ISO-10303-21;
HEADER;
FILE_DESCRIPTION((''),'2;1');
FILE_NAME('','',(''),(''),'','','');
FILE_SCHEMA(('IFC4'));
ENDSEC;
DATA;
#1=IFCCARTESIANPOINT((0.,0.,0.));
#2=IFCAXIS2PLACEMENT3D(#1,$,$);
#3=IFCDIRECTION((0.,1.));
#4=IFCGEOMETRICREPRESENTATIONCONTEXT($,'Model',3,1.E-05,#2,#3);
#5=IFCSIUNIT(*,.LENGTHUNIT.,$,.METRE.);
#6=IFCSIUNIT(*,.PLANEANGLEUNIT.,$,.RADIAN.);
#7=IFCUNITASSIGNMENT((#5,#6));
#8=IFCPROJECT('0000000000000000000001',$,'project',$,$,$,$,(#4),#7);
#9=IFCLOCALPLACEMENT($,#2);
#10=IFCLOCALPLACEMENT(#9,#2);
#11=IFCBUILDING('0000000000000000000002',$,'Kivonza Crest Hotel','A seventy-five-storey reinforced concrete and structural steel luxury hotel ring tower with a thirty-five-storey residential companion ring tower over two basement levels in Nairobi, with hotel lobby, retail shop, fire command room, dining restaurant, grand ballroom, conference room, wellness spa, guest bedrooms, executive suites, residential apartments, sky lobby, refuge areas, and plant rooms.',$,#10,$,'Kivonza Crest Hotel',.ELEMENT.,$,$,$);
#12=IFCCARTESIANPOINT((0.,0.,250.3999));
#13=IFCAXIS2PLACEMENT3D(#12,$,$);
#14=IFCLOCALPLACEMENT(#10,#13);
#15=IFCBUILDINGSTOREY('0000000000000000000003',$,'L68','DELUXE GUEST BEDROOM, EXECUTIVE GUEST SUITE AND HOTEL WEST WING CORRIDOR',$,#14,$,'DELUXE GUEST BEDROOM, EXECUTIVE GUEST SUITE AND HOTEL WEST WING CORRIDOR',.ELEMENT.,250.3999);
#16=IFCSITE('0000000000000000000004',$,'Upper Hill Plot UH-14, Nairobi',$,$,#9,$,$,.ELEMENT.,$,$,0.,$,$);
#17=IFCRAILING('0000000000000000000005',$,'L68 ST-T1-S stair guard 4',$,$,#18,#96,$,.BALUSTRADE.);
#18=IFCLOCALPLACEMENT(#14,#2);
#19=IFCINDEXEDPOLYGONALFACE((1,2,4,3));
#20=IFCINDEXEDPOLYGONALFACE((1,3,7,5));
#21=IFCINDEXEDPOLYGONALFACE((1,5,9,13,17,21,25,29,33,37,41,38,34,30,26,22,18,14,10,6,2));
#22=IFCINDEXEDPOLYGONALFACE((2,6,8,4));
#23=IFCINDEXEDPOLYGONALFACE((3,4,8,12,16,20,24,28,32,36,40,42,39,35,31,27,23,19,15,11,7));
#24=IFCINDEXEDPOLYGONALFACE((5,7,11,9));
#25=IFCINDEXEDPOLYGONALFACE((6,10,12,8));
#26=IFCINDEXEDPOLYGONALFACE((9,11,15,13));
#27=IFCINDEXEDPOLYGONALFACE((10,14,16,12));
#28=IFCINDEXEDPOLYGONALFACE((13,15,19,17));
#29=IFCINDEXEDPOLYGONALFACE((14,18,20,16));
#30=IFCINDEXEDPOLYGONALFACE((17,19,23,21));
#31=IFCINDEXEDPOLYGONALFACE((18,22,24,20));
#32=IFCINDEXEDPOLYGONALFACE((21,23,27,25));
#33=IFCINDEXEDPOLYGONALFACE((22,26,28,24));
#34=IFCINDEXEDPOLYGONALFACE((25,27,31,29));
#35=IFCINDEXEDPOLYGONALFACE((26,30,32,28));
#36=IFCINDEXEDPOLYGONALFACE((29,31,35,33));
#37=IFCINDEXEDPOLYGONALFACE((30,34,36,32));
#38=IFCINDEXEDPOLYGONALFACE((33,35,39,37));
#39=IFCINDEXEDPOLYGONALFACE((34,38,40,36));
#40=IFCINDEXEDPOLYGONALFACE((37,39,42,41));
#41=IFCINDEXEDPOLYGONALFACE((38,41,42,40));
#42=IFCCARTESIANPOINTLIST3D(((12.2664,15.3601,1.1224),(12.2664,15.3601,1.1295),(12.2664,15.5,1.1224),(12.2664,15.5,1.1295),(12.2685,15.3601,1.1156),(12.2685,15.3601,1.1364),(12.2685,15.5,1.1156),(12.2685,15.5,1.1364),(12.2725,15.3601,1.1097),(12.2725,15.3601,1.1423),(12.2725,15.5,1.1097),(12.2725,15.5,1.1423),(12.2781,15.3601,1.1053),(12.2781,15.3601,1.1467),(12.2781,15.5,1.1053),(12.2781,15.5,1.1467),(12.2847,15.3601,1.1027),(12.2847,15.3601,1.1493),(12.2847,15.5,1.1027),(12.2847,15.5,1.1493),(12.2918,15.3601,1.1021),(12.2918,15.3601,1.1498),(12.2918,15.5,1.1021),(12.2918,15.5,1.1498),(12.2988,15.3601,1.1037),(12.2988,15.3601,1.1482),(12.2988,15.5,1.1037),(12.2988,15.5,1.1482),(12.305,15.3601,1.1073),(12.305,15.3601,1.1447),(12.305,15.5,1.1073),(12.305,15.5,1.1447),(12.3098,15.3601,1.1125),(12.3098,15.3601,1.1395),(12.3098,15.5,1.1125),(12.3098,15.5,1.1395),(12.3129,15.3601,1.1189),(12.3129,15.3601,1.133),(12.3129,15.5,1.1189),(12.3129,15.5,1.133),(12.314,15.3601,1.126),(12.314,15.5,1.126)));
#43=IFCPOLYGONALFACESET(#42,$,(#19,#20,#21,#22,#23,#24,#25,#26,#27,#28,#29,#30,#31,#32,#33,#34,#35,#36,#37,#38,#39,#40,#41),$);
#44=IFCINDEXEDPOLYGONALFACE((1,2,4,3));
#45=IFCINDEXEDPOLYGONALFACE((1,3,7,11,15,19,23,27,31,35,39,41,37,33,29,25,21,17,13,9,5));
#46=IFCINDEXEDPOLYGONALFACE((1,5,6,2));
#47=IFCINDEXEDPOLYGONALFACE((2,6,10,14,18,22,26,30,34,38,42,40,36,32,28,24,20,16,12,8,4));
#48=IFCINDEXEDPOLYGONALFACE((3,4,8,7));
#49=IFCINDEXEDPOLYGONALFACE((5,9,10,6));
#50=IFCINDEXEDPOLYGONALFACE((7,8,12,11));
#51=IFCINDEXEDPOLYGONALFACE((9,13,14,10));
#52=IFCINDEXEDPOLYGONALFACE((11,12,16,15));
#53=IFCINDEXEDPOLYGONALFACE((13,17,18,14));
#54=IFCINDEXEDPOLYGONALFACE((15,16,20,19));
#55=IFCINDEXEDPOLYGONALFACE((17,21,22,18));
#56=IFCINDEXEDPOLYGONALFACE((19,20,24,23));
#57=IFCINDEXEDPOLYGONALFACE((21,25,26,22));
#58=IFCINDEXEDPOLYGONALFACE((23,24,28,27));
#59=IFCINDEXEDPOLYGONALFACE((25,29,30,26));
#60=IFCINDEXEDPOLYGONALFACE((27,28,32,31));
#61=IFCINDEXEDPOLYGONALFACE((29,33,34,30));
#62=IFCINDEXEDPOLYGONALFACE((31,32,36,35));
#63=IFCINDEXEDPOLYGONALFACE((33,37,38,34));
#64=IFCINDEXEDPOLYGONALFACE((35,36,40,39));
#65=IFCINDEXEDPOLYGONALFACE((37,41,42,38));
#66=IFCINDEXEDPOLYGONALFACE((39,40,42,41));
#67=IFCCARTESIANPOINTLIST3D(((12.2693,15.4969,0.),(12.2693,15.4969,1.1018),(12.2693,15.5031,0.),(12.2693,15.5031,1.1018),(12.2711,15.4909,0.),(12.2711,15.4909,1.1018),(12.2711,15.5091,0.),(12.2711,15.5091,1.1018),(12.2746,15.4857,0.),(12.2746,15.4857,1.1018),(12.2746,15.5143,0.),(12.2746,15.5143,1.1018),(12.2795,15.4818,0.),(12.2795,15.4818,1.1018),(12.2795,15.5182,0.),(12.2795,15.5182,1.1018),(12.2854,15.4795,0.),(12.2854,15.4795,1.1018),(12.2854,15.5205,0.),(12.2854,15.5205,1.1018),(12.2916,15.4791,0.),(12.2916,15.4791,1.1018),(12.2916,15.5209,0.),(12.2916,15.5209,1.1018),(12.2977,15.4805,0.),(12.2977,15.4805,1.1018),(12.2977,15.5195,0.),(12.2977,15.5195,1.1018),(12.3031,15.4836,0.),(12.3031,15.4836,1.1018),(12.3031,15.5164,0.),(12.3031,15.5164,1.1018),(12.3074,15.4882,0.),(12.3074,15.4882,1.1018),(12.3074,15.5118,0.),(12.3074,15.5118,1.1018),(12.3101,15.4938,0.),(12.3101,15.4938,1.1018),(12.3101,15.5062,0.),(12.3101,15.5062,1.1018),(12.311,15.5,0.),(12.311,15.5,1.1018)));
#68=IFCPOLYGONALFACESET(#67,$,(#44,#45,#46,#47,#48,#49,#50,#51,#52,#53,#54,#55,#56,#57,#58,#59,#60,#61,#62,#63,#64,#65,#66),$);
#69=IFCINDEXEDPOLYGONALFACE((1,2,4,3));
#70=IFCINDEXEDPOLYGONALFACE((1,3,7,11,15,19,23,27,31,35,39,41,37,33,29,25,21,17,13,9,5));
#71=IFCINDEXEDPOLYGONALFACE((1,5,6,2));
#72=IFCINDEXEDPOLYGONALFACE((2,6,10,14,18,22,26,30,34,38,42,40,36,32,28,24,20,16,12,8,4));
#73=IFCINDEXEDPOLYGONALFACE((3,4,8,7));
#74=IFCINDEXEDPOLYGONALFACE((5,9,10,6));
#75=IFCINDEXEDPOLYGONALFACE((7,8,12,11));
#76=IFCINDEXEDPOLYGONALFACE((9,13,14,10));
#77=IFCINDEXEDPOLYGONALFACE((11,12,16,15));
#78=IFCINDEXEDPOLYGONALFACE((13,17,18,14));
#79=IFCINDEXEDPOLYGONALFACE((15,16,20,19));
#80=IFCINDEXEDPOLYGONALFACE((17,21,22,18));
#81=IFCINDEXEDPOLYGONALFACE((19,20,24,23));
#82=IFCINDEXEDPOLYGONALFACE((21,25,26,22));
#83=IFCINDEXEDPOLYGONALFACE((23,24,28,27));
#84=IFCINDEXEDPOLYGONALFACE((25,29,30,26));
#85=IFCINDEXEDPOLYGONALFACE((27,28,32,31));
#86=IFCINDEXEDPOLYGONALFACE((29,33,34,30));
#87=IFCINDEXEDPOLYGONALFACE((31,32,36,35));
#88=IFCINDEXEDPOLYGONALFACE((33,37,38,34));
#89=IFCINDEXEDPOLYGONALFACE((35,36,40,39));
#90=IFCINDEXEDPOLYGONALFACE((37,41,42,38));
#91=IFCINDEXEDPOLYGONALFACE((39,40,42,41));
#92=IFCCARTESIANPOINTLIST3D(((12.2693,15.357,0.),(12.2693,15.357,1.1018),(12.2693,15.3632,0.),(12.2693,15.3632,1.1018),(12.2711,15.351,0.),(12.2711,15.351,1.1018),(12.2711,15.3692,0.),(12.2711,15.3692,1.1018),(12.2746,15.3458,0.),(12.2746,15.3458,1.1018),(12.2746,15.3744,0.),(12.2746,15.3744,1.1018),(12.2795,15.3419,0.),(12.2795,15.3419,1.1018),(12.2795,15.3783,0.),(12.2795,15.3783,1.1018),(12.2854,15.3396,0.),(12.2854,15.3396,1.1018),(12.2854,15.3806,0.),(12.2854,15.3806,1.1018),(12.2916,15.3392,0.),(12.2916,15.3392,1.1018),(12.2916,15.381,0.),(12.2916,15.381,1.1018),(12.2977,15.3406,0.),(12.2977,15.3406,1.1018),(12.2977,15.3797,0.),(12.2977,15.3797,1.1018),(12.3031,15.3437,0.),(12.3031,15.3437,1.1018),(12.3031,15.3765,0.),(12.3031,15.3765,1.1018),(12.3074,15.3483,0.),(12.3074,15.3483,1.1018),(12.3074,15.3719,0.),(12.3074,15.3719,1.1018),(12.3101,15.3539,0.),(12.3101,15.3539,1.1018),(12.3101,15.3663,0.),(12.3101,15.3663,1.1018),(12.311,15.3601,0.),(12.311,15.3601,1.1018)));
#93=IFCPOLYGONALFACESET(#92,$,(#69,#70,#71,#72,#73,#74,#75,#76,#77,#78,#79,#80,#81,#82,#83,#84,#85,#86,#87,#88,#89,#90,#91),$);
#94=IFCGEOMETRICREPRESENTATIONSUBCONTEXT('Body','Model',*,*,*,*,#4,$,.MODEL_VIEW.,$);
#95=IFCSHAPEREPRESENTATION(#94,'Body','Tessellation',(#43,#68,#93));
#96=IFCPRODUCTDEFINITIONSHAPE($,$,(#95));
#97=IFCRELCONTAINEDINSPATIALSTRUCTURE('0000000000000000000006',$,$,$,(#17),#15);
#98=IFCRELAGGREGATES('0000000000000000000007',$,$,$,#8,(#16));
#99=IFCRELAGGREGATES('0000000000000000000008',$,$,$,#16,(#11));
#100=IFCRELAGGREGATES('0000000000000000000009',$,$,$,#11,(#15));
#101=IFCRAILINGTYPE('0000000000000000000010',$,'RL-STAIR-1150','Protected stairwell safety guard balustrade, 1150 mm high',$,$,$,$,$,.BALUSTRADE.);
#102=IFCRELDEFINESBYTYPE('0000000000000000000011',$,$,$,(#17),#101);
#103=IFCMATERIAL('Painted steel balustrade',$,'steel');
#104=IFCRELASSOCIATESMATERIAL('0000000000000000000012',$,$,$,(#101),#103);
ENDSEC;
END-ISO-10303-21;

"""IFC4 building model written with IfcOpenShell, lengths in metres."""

from ifc_helpers import new_model, si_unit, direction, frame, origin, origin_2d, place, context, subcontext, project, spatial, circle, extrude, material, type_object, element, save


model = new_model("IFC4")

# Units and contexts
model_context = context("Model", 3, precision=1e-05, world=origin(), true_north=direction((0.0, 1.0)))
body_context = subcontext(model_context, "Body", "Model", "MODEL_VIEW")
ifc_project = project(units=[si_unit("LENGTHUNIT", "METRE"), si_unit("PLANEANGLEUNIT", "RADIAN")], contexts=[model_context])

# Site, building, storey
site_placement = place(None, origin())
site = spatial("IfcSite", under=ifc_project, at=site_placement, Name="Upper Hill Plot UH-14, Nairobi", CompositionType="ELEMENT", RefElevation=0.0)
building_placement = place(site_placement, origin())
building = spatial("IfcBuilding", under=site, at=building_placement, Name="Kivonza Crest Hotel", Description="A seventy-five-storey reinforced concrete and structural steel luxury hotel ring tower with a thirty-five-storey residential companion ring tower over two basement levels in Nairobi, with hotel lobby, retail shop, fire command room, dining restaurant, grand ballroom, conference room, wellness spa, guest bedrooms, executive suites, residential apartments, sky lobby, refuge areas, and plant rooms.", LongName="Kivonza Crest Hotel", CompositionType="ELEMENT")
storey_placement = place(building_placement, frame((0.0, 0.0, 250.3999)))
storey = spatial("IfcBuildingStorey", under=building, at=storey_placement, Name="L68", Description="DELUXE GUEST BEDROOM, EXECUTIVE GUEST SUITE AND HOTEL WEST WING CORRIDOR", LongName="DELUXE GUEST BEDROOM, EXECUTIVE GUEST SUITE AND HOTEL WEST WING CORRIDOR", CompositionType="ELEMENT", Elevation=250.3999)

# Railing
ifc_material_1 = material(Name="Painted steel balustrade", Category="steel")
railing_type_1 = type_object("IfcRailingType", Name="RL-STAIR-1150", Description="Protected stairwell safety guard balustrade, 1150 mm high", PredefinedType="BALUSTRADE", material=ifc_material_1)
railing_1_placement = place(storey_placement, frame((12.29, 15.5, 0.0)))
element("IfcRailing", 1, at=railing_1_placement, inside=storey, type_object=railing_type_1, Name="L68 ST-T1-S stair guard 4", PredefinedType="BALUSTRADE", context=body_context, shape_type="SweptSolid", body=[
    extrude(circle(Radius=0.0239, at=origin_2d()), frame((0.0, 0.0, 1.126), z_axis=(0.0, -1.0, 0.0), x_axis=(1.0, 0.0, 0.0)), (0.0, 0.0, 1.0), 0.1399),
    extrude(circle(Radius=0.021, at=origin_2d()), origin(), (0.0, 0.0, 1.0), 1.1018),
    extrude(circle(Radius=0.021, at=origin_2d()), frame((0.0, -0.1399, 0.0)), (0.0, 0.0, 1.0), 1.1018),
])

save(model, "model.ifc")
